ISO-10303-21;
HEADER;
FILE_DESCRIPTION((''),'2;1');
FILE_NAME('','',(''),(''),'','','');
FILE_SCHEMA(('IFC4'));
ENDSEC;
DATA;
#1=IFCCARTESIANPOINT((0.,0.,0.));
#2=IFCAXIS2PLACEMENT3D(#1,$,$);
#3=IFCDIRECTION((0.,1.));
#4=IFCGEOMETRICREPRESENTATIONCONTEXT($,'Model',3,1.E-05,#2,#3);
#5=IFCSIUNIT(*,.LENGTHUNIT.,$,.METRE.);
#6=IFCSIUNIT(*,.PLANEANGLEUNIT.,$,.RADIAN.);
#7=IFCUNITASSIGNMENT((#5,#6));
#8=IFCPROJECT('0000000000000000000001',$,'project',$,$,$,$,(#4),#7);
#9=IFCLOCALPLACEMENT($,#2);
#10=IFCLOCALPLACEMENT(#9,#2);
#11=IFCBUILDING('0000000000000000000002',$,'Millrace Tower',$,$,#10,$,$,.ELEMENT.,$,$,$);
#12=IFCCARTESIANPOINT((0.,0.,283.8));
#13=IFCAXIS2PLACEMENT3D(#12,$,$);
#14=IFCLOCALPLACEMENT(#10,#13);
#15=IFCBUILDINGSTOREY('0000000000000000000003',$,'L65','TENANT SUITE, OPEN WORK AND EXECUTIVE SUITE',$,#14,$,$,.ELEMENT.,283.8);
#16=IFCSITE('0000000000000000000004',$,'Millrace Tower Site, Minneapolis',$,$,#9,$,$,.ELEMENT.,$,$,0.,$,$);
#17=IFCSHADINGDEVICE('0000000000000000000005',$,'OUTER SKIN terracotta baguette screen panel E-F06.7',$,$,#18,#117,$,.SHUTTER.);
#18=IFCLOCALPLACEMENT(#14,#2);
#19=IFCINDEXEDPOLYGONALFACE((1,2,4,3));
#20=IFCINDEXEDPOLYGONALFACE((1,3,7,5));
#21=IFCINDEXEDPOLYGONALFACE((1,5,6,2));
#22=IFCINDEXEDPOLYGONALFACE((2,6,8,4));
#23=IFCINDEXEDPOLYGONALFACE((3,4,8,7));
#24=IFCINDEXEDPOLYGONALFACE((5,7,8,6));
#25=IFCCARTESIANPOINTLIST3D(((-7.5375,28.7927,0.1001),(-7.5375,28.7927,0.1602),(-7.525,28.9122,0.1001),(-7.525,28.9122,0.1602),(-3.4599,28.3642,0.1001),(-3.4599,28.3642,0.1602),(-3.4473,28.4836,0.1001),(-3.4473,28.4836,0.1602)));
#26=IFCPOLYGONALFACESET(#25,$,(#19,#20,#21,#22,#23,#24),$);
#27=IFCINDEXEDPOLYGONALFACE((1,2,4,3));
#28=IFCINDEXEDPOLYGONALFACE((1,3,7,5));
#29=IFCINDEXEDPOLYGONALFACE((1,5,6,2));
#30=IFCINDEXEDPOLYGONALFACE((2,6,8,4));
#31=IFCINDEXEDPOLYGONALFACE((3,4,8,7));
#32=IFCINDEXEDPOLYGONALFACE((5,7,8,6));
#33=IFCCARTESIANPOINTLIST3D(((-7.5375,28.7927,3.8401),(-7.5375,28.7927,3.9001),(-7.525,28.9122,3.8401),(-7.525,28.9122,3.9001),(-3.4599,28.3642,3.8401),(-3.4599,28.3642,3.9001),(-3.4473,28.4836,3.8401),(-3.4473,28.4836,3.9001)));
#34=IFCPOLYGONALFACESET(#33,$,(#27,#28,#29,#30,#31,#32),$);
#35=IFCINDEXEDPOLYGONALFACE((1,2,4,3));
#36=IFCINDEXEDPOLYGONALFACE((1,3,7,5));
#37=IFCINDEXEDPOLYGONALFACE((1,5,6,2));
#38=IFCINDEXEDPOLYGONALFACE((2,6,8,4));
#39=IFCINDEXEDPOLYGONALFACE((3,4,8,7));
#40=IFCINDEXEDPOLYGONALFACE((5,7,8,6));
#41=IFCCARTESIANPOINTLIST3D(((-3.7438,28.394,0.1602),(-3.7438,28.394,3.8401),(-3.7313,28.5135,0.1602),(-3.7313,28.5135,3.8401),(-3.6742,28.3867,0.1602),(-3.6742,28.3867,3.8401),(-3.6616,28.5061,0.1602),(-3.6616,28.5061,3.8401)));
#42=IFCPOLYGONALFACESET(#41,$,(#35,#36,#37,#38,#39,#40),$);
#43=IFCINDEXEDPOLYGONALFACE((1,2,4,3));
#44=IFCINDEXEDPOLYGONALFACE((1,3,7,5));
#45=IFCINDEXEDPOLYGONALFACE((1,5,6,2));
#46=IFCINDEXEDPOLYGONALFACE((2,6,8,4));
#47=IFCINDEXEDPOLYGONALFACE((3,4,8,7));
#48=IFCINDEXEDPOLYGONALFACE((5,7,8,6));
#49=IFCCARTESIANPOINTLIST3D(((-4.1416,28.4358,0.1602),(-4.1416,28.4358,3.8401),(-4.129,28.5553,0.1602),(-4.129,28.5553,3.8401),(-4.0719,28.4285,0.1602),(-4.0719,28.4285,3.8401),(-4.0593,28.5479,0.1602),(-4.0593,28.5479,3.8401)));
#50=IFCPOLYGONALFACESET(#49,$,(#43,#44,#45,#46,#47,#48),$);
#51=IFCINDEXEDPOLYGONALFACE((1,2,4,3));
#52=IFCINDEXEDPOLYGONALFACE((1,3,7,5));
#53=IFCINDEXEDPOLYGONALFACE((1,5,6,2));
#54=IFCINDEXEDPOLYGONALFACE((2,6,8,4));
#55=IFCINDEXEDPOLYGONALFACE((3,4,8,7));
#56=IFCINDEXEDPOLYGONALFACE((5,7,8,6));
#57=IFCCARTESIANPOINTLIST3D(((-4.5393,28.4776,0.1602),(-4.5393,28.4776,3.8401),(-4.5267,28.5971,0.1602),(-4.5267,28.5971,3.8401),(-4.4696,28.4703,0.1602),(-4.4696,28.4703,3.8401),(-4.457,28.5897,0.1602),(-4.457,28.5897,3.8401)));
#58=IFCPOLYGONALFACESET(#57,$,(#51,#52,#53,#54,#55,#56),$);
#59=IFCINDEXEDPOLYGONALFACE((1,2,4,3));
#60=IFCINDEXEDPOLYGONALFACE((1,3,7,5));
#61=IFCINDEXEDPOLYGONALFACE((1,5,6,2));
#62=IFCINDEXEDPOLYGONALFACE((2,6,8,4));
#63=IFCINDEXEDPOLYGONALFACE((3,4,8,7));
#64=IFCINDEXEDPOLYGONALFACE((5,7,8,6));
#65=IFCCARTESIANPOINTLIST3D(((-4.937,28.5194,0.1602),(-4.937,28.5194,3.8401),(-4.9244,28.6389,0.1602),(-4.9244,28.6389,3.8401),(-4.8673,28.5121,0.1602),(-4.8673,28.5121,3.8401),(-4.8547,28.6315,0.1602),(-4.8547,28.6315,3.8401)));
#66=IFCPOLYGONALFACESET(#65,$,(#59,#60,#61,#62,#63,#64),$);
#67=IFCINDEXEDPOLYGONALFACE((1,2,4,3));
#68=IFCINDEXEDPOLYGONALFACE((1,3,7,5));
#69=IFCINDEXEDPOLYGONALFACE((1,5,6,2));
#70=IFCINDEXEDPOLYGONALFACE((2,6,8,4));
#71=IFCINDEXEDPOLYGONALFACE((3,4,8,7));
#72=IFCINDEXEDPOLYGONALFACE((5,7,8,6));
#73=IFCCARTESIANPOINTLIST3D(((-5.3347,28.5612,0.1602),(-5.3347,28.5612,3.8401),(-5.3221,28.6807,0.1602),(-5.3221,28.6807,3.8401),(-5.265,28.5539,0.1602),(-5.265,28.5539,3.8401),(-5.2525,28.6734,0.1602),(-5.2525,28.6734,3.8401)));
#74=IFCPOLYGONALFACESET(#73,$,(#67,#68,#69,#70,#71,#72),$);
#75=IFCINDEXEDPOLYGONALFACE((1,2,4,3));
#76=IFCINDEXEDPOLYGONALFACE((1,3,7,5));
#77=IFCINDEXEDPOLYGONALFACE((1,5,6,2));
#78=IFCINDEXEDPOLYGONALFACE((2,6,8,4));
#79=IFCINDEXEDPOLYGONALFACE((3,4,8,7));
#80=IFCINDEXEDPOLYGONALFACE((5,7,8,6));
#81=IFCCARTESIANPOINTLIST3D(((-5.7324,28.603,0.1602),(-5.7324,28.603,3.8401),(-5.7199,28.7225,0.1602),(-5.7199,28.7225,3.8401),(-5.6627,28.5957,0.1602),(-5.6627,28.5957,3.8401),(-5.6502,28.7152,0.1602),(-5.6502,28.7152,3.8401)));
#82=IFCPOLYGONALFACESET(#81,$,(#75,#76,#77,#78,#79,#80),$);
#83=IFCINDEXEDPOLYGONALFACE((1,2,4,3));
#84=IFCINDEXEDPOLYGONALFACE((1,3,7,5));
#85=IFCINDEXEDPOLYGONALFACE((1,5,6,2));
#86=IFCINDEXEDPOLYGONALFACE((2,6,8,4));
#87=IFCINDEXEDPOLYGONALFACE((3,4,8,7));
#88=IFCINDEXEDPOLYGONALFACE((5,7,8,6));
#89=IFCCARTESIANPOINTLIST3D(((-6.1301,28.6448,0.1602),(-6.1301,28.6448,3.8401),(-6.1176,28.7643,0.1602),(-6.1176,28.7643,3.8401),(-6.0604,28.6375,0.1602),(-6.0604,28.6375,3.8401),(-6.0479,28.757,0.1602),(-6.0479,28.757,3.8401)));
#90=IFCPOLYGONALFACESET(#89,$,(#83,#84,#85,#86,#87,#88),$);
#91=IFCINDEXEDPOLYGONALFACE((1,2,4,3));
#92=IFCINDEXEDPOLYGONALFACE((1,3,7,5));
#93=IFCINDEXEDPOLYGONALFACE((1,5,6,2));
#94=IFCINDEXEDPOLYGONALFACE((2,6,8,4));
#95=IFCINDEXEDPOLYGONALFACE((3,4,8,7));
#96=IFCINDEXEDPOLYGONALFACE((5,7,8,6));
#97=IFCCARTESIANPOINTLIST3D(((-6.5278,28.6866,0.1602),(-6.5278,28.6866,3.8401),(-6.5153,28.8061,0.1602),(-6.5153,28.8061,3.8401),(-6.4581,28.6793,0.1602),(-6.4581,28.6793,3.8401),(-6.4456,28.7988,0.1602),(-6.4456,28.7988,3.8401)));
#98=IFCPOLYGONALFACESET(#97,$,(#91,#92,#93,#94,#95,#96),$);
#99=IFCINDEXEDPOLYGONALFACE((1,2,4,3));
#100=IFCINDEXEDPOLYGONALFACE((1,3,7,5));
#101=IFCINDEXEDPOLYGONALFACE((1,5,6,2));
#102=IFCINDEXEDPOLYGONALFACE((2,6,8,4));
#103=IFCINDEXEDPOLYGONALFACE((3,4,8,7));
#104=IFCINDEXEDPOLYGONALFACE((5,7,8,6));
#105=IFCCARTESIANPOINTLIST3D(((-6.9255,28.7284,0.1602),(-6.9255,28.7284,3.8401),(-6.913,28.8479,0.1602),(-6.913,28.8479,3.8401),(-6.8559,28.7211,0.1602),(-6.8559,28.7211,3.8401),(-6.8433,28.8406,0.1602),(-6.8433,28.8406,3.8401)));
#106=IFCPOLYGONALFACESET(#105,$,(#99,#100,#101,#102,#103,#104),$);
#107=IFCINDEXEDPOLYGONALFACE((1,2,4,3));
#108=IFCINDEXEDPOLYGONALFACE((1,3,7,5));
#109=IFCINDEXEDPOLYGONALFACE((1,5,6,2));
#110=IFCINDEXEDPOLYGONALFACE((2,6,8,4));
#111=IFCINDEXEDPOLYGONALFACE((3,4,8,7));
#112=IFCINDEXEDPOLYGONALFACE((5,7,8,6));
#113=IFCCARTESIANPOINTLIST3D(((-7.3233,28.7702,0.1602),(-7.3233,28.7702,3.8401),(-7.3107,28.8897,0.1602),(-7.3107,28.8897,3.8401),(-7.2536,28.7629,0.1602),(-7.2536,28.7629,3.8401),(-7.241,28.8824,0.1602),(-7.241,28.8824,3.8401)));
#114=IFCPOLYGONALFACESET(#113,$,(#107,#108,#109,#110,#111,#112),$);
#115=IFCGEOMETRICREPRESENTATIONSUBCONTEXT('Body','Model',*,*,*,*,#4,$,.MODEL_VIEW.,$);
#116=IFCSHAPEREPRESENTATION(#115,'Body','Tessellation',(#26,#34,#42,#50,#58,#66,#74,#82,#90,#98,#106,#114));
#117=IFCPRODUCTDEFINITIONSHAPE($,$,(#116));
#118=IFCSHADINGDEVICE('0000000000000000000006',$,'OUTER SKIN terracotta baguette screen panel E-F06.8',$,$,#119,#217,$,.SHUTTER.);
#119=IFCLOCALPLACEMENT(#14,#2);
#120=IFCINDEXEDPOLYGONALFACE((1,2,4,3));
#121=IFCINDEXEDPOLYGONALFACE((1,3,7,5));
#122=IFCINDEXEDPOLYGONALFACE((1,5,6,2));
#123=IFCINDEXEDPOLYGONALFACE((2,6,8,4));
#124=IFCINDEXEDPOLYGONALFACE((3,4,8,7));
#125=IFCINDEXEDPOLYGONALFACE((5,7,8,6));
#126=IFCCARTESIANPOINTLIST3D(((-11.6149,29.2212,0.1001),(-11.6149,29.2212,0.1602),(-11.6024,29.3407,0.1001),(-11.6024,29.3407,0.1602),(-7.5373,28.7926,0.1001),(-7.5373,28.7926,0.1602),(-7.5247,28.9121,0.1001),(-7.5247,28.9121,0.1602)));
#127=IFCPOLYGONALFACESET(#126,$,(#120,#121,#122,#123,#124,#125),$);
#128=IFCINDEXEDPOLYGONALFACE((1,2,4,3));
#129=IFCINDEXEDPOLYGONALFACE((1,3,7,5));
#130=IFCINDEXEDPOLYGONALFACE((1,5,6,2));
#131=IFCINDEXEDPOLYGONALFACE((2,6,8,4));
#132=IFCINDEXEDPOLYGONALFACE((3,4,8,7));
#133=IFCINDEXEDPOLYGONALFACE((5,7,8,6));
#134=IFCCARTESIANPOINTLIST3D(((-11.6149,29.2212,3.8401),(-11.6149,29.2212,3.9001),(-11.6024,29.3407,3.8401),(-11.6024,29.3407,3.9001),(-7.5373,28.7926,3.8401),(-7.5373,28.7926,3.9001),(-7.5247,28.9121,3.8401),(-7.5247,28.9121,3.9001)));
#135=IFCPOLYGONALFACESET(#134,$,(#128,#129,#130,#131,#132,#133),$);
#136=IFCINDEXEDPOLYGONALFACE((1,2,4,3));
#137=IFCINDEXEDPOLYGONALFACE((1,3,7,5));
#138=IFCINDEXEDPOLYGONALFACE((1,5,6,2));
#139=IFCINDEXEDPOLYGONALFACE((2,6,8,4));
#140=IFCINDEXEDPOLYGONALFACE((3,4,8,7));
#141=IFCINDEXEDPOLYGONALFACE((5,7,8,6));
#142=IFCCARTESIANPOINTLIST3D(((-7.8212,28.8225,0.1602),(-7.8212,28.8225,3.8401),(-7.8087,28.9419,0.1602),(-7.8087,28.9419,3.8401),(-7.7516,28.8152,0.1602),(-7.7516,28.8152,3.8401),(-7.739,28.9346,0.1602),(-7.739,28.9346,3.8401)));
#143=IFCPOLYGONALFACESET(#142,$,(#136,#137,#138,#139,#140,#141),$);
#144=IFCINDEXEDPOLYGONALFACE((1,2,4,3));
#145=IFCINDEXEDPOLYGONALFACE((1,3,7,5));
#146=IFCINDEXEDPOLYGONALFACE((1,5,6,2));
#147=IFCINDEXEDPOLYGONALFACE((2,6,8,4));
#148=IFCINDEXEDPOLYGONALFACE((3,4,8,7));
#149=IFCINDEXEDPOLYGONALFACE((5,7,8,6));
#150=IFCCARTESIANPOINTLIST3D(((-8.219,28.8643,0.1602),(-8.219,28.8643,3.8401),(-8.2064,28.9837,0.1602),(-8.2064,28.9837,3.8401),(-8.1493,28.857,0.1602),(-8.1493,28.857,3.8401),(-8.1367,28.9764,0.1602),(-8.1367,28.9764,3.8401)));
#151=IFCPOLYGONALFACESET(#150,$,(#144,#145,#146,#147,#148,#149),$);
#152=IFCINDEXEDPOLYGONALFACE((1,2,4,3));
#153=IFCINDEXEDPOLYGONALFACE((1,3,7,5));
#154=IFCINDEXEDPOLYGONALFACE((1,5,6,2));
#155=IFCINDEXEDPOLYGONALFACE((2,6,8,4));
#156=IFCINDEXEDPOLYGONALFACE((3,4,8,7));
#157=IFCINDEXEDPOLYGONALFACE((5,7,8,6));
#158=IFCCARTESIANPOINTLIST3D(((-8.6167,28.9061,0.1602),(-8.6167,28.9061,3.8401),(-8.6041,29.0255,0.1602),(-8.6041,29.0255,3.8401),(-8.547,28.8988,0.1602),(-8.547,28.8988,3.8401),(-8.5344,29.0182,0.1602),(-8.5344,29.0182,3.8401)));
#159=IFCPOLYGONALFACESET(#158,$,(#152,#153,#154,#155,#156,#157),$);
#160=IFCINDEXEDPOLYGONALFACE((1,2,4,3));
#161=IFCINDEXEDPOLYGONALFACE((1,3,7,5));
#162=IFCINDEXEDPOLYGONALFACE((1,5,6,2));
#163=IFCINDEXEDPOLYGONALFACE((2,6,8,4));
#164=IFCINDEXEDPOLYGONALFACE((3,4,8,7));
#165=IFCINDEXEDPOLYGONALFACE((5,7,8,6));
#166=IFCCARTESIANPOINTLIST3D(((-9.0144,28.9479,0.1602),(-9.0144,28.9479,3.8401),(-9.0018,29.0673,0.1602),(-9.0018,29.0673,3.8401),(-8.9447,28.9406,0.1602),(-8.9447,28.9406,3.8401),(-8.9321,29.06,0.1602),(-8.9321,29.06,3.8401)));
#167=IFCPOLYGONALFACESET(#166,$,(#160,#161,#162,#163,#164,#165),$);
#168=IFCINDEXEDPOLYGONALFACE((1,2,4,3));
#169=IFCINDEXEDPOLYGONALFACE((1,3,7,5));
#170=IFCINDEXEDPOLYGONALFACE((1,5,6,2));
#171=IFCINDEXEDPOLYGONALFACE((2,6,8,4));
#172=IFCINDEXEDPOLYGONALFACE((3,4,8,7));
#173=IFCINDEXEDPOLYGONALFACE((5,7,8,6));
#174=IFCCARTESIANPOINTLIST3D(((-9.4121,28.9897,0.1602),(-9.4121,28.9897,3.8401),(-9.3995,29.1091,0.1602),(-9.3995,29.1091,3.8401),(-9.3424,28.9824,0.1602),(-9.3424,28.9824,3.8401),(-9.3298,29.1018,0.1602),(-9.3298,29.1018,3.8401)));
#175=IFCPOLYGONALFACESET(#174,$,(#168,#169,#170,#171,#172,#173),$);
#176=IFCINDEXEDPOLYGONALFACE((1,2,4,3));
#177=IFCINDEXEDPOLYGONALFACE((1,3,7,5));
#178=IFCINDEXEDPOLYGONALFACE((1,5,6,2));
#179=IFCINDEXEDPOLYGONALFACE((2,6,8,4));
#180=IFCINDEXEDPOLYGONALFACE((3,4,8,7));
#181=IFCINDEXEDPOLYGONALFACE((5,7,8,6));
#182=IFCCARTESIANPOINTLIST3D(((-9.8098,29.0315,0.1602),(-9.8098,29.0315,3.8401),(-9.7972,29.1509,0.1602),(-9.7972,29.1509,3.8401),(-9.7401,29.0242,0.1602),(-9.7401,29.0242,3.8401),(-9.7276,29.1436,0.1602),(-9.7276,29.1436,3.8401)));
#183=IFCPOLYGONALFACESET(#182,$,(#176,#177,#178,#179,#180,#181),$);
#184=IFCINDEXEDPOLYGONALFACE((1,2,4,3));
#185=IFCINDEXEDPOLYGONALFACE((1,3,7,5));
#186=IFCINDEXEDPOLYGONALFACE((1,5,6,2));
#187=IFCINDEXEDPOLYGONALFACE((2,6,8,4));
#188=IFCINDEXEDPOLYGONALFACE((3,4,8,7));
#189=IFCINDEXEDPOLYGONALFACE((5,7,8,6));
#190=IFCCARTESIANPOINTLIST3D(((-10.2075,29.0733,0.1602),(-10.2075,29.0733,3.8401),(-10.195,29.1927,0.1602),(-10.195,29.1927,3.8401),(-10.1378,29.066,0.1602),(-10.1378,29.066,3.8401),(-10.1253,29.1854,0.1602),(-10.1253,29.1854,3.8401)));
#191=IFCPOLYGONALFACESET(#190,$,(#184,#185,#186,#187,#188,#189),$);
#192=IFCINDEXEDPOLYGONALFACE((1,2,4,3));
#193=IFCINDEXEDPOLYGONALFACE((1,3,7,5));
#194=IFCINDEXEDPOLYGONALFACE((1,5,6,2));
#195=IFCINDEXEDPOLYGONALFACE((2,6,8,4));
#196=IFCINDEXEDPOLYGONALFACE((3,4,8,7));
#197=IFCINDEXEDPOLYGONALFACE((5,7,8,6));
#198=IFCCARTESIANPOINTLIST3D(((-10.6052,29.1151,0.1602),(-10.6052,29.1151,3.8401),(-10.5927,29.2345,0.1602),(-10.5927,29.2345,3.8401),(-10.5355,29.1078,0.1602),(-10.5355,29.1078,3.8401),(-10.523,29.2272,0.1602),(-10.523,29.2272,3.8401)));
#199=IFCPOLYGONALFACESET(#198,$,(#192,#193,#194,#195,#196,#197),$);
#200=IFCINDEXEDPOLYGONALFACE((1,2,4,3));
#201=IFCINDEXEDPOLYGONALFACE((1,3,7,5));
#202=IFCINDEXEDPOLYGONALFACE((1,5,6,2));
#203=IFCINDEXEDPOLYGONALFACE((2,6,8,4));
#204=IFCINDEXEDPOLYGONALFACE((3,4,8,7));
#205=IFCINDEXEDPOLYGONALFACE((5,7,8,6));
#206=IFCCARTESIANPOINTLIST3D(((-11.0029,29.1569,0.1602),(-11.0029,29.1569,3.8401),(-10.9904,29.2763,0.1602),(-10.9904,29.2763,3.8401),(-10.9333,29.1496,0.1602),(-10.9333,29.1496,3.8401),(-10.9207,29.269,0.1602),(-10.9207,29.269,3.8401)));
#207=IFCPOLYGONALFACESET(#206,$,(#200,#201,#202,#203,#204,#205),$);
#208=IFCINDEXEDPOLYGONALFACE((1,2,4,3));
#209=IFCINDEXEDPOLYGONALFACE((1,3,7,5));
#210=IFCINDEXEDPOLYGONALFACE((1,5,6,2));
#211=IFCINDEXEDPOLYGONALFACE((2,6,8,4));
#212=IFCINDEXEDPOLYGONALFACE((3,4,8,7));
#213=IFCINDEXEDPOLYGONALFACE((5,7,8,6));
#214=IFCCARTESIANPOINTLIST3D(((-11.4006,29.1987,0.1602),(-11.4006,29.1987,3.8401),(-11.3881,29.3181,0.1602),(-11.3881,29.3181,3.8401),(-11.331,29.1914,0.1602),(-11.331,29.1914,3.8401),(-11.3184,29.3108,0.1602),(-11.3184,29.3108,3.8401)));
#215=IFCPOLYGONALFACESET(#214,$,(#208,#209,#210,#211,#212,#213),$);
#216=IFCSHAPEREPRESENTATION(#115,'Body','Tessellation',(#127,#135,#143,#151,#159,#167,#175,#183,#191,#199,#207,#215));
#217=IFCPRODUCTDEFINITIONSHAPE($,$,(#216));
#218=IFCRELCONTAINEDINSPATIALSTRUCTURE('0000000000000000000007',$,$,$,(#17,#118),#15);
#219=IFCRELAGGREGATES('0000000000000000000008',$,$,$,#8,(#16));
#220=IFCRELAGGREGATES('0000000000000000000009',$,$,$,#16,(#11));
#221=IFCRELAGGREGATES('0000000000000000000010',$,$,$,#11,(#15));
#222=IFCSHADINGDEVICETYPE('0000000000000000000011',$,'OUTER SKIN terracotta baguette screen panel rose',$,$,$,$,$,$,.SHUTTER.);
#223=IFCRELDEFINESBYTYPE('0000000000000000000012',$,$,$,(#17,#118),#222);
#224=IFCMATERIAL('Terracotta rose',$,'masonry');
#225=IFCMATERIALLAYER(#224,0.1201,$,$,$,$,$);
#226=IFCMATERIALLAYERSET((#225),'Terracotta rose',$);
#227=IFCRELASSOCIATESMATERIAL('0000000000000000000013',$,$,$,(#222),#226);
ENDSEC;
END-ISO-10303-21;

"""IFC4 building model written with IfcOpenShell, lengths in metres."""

from ifc_helpers import new_model, entity, si_unit, direction, frame, frame_2d, origin, place, context, subcontext, project, spatial, rectangle, extrude, source, transform, mapped, material, layer, layer_set, type_object, element, save


model = new_model("IFC4")

# Units and contexts
model_context = context("Model", 3, precision=1e-05, world=origin(), true_north=direction((0.0, 1.0)))
body_context = subcontext(model_context, "Body", "Model", "MODEL_VIEW")
ifc_project = project(units=[si_unit("LENGTHUNIT", "METRE"), si_unit("PLANEANGLEUNIT", "RADIAN")], contexts=[model_context])

# Site, building, storey
site_placement = place(None, origin())
site = spatial("IfcSite", under=ifc_project, at=site_placement, Name="Millrace Tower Site, Minneapolis", CompositionType="ELEMENT", RefElevation=0.0)
building_placement = place(site_placement, origin())
building = spatial("IfcBuilding", under=site, at=building_placement, Name="Millrace Tower", CompositionType="ELEMENT")
storey_placement = place(building_placement, frame((0.0, 0.0, 283.8)))
storey = spatial("IfcBuildingStorey", under=building, at=storey_placement, Name="L65", Description="TENANT SUITE, OPEN WORK AND EXECUTIVE SUITE", CompositionType="ELEMENT", Elevation=283.8)

# Shading devices
ifc_material_1 = material(Name="Terracotta rose", Category="masonry")
ifc_layer_1 = layer(ifc_material_1, 0.1201)
ifc_layer_set_1 = layer_set([ifc_layer_1], Name="Terracotta rose")
shading_device_type = type_object("IfcShadingDeviceType", Name="OUTER SKIN terracotta baguette screen panel rose", PredefinedType="SHUTTER", material=ifc_layer_set_1)
cartesian_point_1 = entity("IfcCartesianPoint", [-2.05, 0.0601])
shared_polyline_1 = entity("IfcPolyline", [cartesian_point_1, entity("IfcCartesianPoint", [2.05, 0.0601]), entity("IfcCartesianPoint", [2.05, -0.0601]), entity("IfcCartesianPoint", [-2.05, -0.0601]), cartesian_point_1])
shared_shape_1 = source(origin(), body_context, "Body", "SweptSolid", [
    entity("IfcExtrudedAreaSolid", entity("IfcArbitraryClosedProfileDef", "AREA", None, shared_polyline_1), entity("IfcAxis2Placement3D", entity("IfcCartesianPoint", [0.0, 0.0, 0.0])), entity("IfcDirection", [0.0, 0.0, 1.0]), 0.0601),
    entity("IfcExtrudedAreaSolid", entity("IfcArbitraryClosedProfileDef", "AREA", None, shared_polyline_1), entity("IfcAxis2Placement3D", entity("IfcCartesianPoint", [0.0, 0.0, 3.74])), entity("IfcDirection", [0.0, 0.0, 1.0]), 0.0601),
    extrude(rectangle(XDim=0.0701, YDim=0.1201, at=frame_2d((-1.7996, 0.0))), frame((0.0, 0.0, 0.0601)), (0.0, 0.0, 1.0), 3.6799),
    extrude(rectangle(XDim=0.0701, YDim=0.1201, at=frame_2d((-1.3997, 0.0))), frame((0.0, 0.0, 0.0601)), (0.0, 0.0, 1.0), 3.6799),
    extrude(rectangle(XDim=0.0701, YDim=0.1201, at=frame_2d((-0.9998, 0.0))), frame((0.0, 0.0, 0.0601)), (0.0, 0.0, 1.0), 3.6799),
    extrude(rectangle(XDim=0.0701, YDim=0.1201, at=frame_2d((-0.5999, 0.0))), frame((0.0, 0.0, 0.0601)), (0.0, 0.0, 1.0), 3.6799),
    extrude(rectangle(XDim=0.0701, YDim=0.1201, at=frame_2d((-0.2, 0.0))), frame((0.0, 0.0, 0.0601)), (0.0, 0.0, 1.0), 3.6799),
    extrude(rectangle(XDim=0.0701, YDim=0.1201, at=frame_2d((0.2, 0.0))), frame((0.0, 0.0, 0.0601)), (0.0, 0.0, 1.0), 3.6799),
    extrude(rectangle(XDim=0.0701, YDim=0.1201, at=frame_2d((0.5999, 0.0))), frame((0.0, 0.0, 0.0601)), (0.0, 0.0, 1.0), 3.6799),
    extrude(rectangle(XDim=0.0701, YDim=0.1201, at=frame_2d((0.9998, 0.0))), frame((0.0, 0.0, 0.0601)), (0.0, 0.0, 1.0), 3.6799),
    extrude(rectangle(XDim=0.0701, YDim=0.1201, at=frame_2d((1.3997, 0.0))), frame((0.0, 0.0, 0.0601)), (0.0, 0.0, 1.0), 3.6799),
    extrude(rectangle(XDim=0.0701, YDim=0.1201, at=frame_2d((1.7996, 0.0))), frame((0.0, 0.0, 0.0601)), (0.0, 0.0, 1.0), 3.6799),
])
for number, where, z_axis, x_axis, name in (
    (1, (-5.4924, 28.6382, 0.1001), (0.0, 0.0, 1.0), (-0.994522, 0.104528, 0.0), "OUTER SKIN terracotta baguette screen panel E-F06.7"),
    (2, (-9.5698, 29.0667, 0.1001), (0.0, 0.0, 1.0), (-0.994522, 0.104528, 0.0), "OUTER SKIN terracotta baguette screen panel E-F06.8"),
):
    element("IfcShadingDevice", number, at=place(storey_placement, frame(where, z_axis=z_axis, x_axis=x_axis)), inside=storey, type_object=shading_device_type, Name=name, PredefinedType="SHUTTER", context=body_context, shape_type="MappedRepresentation", body=[
        mapped(shared_shape_1, transform((0.0, 0.0, 0.0), scale=1.0)),
    ])

save(model, "model.ifc")
